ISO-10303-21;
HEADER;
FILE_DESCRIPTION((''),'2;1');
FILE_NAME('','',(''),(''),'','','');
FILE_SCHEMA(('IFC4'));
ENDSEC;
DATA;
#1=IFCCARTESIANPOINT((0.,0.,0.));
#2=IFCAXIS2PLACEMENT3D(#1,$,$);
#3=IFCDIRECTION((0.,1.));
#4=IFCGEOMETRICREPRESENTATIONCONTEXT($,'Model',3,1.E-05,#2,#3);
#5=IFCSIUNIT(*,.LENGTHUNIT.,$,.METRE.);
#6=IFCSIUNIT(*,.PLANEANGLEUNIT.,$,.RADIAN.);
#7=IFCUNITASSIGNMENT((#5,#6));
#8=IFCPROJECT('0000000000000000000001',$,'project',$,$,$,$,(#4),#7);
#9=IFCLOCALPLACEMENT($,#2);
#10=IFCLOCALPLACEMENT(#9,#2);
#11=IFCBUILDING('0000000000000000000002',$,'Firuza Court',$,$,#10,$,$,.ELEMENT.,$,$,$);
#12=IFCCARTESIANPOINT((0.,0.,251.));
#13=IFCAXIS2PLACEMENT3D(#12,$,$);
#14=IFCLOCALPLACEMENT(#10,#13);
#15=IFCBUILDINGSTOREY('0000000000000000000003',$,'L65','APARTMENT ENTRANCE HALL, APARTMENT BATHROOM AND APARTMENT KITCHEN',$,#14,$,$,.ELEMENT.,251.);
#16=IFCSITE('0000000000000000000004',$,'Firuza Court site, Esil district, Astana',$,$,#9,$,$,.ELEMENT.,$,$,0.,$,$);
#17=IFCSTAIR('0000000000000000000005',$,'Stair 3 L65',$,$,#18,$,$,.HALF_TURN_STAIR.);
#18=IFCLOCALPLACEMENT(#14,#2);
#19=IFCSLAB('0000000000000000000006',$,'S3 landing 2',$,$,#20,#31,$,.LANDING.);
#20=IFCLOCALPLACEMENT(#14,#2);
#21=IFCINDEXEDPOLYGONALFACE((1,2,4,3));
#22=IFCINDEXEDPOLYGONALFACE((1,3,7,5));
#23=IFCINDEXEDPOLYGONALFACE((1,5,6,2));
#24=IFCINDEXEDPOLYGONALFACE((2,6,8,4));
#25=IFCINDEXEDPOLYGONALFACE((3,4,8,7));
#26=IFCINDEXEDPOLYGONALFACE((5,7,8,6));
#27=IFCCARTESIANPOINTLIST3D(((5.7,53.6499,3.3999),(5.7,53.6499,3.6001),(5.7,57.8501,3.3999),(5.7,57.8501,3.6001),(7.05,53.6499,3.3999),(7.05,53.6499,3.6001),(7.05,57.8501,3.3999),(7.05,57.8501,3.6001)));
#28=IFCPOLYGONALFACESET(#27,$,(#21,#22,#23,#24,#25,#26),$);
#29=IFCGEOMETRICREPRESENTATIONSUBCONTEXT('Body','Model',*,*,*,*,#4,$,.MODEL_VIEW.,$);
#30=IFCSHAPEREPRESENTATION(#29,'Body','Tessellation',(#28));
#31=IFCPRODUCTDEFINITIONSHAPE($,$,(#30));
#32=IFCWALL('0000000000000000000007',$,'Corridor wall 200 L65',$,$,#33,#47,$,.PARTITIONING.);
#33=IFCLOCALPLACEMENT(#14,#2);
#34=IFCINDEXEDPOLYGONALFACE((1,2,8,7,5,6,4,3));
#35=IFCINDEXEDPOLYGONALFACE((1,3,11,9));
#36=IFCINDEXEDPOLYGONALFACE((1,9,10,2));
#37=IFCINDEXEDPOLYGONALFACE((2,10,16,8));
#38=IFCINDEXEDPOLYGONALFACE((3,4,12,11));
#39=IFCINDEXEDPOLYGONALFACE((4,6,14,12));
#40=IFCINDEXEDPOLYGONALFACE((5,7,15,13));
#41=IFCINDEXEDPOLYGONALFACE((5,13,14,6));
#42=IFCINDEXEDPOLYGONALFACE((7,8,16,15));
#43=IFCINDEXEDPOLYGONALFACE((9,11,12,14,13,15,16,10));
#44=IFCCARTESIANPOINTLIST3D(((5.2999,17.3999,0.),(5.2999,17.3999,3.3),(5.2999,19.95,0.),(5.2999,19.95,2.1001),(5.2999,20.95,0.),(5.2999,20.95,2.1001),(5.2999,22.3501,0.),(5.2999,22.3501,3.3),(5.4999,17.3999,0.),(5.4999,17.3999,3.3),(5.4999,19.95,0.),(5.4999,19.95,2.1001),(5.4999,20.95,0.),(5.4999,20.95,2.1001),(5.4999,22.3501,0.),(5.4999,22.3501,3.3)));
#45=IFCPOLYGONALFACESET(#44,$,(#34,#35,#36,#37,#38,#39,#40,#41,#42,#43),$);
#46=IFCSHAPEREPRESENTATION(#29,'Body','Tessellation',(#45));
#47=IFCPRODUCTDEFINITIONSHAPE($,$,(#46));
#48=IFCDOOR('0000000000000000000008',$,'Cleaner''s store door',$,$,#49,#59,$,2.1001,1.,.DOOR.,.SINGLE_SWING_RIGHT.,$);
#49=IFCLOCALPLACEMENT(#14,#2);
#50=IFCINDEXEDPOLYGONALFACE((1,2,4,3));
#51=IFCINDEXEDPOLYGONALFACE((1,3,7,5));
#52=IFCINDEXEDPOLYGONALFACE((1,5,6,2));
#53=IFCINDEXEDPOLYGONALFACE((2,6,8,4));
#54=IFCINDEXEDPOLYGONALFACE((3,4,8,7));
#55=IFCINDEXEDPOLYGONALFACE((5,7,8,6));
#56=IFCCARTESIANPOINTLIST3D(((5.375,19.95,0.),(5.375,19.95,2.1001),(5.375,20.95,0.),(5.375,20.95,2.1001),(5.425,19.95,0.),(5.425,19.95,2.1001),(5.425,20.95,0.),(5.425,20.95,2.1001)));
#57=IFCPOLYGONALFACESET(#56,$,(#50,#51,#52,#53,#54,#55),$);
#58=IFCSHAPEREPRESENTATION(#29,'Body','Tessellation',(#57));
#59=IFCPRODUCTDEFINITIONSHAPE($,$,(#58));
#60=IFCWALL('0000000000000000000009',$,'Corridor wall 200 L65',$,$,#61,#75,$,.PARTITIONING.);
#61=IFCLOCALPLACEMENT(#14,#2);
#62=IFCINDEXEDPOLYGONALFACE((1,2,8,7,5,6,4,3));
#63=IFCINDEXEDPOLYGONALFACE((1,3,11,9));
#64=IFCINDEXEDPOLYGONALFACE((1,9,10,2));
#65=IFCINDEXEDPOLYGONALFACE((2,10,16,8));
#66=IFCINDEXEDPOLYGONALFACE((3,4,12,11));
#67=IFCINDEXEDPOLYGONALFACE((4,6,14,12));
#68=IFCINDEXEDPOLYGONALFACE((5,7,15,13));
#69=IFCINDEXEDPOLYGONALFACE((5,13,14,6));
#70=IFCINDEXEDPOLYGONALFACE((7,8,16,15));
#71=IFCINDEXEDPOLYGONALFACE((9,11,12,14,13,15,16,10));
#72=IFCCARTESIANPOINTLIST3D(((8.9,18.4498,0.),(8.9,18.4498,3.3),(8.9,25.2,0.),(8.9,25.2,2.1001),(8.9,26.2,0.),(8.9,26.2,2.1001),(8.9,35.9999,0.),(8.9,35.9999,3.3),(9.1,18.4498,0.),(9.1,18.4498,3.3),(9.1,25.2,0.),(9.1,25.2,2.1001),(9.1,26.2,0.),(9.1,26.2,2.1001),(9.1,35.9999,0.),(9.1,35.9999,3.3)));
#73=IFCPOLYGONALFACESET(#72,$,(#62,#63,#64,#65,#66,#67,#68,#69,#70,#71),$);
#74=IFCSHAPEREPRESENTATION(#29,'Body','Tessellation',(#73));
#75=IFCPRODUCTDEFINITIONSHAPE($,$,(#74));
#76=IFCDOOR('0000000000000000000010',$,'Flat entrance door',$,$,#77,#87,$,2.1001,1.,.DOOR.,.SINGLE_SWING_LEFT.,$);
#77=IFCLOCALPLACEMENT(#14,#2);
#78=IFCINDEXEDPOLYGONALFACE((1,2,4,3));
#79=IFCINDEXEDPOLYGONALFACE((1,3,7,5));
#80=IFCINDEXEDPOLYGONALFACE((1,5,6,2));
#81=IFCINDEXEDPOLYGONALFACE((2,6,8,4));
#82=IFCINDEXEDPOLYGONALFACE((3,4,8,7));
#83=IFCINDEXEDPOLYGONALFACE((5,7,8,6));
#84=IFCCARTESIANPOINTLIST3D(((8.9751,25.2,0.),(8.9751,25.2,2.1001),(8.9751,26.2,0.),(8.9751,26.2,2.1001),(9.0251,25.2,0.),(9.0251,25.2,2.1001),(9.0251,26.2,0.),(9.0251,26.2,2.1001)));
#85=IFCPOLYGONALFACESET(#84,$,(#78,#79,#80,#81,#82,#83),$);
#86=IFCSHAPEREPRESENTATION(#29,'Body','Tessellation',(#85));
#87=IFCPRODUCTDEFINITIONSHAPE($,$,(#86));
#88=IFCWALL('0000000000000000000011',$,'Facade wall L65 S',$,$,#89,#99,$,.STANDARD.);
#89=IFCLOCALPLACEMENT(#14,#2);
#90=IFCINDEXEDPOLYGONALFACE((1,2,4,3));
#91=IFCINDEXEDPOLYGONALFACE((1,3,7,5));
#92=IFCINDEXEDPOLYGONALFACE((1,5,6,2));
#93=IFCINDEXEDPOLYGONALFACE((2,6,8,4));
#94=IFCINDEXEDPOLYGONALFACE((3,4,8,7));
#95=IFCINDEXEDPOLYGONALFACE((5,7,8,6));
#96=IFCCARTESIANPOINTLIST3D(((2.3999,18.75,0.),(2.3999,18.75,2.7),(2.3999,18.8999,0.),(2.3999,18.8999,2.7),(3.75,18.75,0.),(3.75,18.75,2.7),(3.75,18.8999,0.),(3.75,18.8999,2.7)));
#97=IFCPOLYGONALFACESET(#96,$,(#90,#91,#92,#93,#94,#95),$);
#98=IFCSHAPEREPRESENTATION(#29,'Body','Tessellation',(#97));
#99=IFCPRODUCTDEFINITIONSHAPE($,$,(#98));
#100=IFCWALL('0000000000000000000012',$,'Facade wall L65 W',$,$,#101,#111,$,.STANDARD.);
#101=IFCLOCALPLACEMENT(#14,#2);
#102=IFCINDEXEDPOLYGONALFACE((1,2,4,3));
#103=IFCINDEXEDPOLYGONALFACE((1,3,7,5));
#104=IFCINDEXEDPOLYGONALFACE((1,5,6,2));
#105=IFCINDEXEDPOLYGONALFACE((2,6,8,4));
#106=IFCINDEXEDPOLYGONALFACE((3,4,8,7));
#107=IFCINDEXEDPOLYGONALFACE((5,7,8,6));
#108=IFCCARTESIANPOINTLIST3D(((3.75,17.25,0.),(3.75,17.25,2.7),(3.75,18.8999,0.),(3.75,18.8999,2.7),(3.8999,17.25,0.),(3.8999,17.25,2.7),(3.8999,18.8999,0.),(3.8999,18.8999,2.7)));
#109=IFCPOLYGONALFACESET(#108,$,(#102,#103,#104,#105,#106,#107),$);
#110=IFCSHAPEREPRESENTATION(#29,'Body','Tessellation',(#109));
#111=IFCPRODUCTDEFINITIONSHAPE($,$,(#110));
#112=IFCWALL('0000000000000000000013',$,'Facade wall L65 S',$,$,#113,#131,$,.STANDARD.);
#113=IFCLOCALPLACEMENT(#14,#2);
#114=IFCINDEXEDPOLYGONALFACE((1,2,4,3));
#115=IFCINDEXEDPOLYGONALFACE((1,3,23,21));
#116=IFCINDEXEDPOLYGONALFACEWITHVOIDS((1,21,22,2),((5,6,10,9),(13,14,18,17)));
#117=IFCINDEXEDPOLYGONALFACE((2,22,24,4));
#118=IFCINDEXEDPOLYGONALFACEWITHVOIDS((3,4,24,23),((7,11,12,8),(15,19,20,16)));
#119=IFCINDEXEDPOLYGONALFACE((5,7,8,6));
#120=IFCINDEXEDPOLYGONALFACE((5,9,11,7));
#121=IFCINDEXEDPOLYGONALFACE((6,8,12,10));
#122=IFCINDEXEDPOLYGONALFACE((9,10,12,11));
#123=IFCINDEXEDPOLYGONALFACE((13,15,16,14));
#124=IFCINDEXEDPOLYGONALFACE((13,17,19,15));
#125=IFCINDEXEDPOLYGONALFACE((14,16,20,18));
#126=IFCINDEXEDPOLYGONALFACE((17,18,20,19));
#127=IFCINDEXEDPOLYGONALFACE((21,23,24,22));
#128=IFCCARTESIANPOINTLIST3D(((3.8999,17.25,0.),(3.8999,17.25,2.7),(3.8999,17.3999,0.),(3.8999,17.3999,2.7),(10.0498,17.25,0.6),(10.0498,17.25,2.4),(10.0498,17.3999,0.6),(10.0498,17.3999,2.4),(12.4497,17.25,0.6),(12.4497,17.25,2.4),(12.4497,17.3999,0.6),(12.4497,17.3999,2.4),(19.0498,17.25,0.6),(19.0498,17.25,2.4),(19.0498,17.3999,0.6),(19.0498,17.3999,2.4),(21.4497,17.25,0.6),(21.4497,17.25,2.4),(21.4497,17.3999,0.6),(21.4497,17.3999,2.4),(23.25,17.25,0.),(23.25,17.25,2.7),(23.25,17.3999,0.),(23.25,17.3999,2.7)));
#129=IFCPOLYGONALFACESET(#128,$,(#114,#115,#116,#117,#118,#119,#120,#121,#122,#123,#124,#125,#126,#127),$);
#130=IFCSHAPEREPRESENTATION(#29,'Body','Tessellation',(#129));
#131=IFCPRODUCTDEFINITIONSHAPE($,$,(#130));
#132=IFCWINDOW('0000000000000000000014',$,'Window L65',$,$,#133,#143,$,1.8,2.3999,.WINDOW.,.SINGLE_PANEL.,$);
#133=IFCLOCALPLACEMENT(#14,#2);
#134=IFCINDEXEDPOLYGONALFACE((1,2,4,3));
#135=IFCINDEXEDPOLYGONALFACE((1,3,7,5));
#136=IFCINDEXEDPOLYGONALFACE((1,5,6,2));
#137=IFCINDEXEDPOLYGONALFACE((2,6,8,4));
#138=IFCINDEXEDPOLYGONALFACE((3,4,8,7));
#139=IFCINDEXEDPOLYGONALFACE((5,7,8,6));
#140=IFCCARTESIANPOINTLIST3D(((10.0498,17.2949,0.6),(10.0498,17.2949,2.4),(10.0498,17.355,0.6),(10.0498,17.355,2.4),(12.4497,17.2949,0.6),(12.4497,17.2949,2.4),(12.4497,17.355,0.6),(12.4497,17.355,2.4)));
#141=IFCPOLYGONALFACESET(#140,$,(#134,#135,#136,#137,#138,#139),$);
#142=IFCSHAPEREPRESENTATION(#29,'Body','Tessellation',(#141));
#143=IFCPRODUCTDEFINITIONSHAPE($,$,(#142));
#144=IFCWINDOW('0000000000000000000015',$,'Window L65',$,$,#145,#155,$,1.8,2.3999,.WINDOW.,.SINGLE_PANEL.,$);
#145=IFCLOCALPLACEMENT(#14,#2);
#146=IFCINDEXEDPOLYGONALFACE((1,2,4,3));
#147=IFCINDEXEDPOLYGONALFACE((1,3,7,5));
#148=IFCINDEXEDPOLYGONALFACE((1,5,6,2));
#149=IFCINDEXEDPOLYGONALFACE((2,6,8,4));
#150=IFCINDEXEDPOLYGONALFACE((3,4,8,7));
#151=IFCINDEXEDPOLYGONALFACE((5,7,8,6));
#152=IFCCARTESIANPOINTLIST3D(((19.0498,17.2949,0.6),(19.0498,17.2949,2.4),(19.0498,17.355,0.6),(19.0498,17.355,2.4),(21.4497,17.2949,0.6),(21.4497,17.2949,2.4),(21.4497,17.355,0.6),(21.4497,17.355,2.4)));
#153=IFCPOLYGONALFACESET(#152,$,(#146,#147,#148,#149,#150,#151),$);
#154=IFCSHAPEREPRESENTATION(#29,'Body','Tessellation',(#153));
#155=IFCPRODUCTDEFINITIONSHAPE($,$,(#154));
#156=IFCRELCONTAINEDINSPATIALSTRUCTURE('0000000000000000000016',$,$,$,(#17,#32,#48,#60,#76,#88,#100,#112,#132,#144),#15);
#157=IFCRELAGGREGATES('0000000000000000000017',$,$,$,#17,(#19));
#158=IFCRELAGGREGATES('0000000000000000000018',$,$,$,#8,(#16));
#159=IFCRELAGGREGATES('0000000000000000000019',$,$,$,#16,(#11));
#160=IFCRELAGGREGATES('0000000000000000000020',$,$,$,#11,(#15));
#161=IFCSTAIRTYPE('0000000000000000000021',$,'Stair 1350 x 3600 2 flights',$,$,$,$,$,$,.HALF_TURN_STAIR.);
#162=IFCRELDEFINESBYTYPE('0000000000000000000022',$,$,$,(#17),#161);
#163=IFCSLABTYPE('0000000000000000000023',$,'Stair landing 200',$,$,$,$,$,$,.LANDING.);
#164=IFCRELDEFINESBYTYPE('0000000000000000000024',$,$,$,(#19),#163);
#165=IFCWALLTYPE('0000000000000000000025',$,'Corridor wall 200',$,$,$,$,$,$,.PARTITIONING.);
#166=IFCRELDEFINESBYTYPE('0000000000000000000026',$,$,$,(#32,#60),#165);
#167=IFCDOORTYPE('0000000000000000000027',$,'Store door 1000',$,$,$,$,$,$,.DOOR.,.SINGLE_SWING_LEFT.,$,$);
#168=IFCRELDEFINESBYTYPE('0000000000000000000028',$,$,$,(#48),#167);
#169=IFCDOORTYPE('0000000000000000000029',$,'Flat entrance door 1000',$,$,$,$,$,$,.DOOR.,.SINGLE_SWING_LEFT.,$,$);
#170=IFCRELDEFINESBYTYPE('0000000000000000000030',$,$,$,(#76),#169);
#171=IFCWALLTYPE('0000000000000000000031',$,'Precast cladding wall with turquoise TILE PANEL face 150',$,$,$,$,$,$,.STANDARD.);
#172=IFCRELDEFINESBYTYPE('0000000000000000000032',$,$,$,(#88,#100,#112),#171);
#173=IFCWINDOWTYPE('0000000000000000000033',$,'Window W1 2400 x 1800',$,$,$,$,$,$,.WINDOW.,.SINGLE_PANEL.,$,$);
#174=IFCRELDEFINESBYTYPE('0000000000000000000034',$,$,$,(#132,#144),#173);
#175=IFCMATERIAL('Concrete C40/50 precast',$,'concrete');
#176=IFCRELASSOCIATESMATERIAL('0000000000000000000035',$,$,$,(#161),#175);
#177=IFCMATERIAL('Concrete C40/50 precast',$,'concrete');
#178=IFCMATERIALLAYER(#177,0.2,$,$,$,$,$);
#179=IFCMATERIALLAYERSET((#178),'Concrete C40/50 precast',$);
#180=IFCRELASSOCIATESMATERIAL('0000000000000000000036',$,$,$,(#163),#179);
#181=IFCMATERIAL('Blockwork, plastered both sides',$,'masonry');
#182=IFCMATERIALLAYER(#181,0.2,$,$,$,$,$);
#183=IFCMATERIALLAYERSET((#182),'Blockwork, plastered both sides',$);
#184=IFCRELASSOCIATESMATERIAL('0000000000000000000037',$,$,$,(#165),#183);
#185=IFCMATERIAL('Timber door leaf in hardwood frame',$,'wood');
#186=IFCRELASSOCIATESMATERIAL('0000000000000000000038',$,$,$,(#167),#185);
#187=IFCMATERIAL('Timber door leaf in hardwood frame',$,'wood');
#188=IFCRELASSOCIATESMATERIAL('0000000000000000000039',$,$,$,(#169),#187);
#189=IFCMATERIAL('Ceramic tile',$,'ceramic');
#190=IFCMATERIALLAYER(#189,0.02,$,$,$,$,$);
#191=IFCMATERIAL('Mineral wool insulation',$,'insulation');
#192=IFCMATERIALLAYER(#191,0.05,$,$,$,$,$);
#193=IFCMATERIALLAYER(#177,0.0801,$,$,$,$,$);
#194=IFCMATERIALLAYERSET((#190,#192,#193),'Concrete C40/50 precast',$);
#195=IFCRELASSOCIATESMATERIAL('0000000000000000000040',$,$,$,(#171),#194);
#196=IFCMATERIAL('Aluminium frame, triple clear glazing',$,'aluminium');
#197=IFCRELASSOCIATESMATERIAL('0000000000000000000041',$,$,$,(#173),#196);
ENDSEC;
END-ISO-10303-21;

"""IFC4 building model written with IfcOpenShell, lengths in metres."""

from ifc_helpers import new_model, si_unit, direction, frame, frame_2d, origin, place, context, subcontext, project, spatial, polyline, rectangle, outline, extrude, material, layer, layer_set, type_object, element, fill, aggregate, save


model = new_model("IFC4")

# Units and contexts
model_context = context("Model", 3, precision=1e-05, world=origin(), true_north=direction((0.0, 1.0)))
body_context = subcontext(model_context, "Body", "Model", "MODEL_VIEW")
ifc_project = project(units=[si_unit("LENGTHUNIT", "METRE"), si_unit("PLANEANGLEUNIT", "RADIAN")], contexts=[model_context])

# Site, building, storey
site_placement = place(None, origin())
site = spatial("IfcSite", under=ifc_project, at=site_placement, Name="Firuza Court site, Esil district, Astana", CompositionType="ELEMENT", RefElevation=0.0)
building_placement = place(site_placement, origin())
building = spatial("IfcBuilding", under=site, at=building_placement, Name="Firuza Court", CompositionType="ELEMENT")
storey_placement = place(building_placement, frame((0.0, 0.0, 251.0)))
storey = spatial("IfcBuildingStorey", under=building, at=storey_placement, Name="L65", Description="APARTMENT ENTRANCE HALL, APARTMENT BATHROOM AND APARTMENT KITCHEN", CompositionType="ELEMENT", Elevation=251.0)

# Stair, slab
ifc_material_1 = material(Name="Concrete C40/50 precast", Category="concrete")
stair_type = type_object("IfcStairType", Name="Stair 1350 x 3600 2 flights", PredefinedType="HALF_TURN_STAIR", material=ifc_material_1)
ifc_material_2 = material(Name="Concrete C40/50 precast", Category="concrete")
ifc_layer_1 = layer(ifc_material_2, 0.2)
ifc_layer_set_1 = layer_set([ifc_layer_1], Name="Concrete C40/50 precast")
slab_type_1 = type_object("IfcSlabType", Name="Stair landing 200", PredefinedType="LANDING", material=ifc_layer_set_1)
stair_1_placement = place(storey_placement, origin())
stair_1 = element("IfcStair", 1, at=stair_1_placement, inside=storey, type_object=stair_type, Name="Stair 3 L65", PredefinedType="HALF_TURN_STAIR")
slab_1_placement = place(storey_placement, frame((0.0, 0.0, 3.3999)))
slab_1 = element("IfcSlab", 2, at=slab_1_placement, type_object=slab_type_1, Name="S3 landing 2", PredefinedType="LANDING", context=body_context, shape_type="SweptSolid", body=[
    extrude(outline(polyline([(7.05, 53.6499), (7.05, 57.8501), (5.7, 57.8501), (5.7, 53.6499), (7.05, 53.6499)])), origin(), (0.0, 0.0, 1.0), 0.2002),
])
aggregate(stair_1, [slab_1])

# Walls, openings, doors
ifc_material_3 = material(Name="Blockwork, plastered both sides", Category="masonry")
ifc_layer_2 = layer(ifc_material_3, 0.2)
ifc_layer_set_2 = layer_set([ifc_layer_2], Name="Blockwork, plastered both sides")
wall_type_1 = type_object("IfcWallType", Name="Corridor wall 200", PredefinedType="PARTITIONING", material=ifc_layer_set_2)
wall_1_placement = place(storey_placement, frame((5.3999, 17.3999, 0.0), z_axis=(0.0, 0.0, 1.0), x_axis=(0.0, 1.0, 0.0)))
wall_1 = element("IfcWall", 3, at=wall_1_placement, inside=storey, type_object=wall_type_1, Name="Corridor wall 200 L65", PredefinedType="PARTITIONING", context=body_context, shape_type="SweptSolid", body=[
    extrude(rectangle(XDim=4.9502, YDim=0.2, at=frame_2d((2.4751, 0.0))), origin(), (0.0, 0.0, 1.0), 3.3),
])
opening_1_placement = place(wall_1_placement, frame((2.55, 0.0, 0.0)))
opening_1 = element("IfcOpeningElement", 4, at=opening_1_placement, cuts=wall_1, PredefinedType="OPENING", context=body_context, shape_type="SweptSolid", body=[
    extrude(rectangle(XDim=1.0, YDim=2.1001, at=frame_2d((0.5, 1.05))), frame((0.0, 0.1118, 0.0), z_axis=(0.0, -1.0, 0.0), x_axis=(1.0, 0.0, 0.0)), (0.0, 0.0, 1.0), 0.2239),
])
ifc_material_4 = material(Name="Timber door leaf in hardwood frame", Category="wood")
door_type_1 = type_object("IfcDoorType", Name="Store door 1000", OperationType="SINGLE_SWING_LEFT", PredefinedType="DOOR", material=ifc_material_4)
door_1_placement = place(opening_1_placement, origin())
door_1 = element("IfcDoor", 5, at=door_1_placement, inside=storey, type_object=door_type_1, Name="Cleaner's store door", OperationType="SINGLE_SWING_RIGHT", OverallHeight=2.1001, OverallWidth=1.0, PredefinedType="DOOR", context=body_context, shape_type="SweptSolid", body=[
    extrude(rectangle(XDim=1.0, YDim=2.1001, at=frame_2d((0.5, 1.05))), frame((0.0, 0.0249, 0.0), z_axis=(0.0, -1.0, 0.0), x_axis=(1.0, 0.0, 0.0)), (0.0, 0.0, 1.0), 0.05),
])
fill(opening_1, door_1)
wall_2_placement = place(storey_placement, frame((9.0, 18.45, 0.0), z_axis=(0.0, 0.0, 1.0), x_axis=(0.0, 1.0, 0.0)))
wall_2 = element("IfcWall", 6, at=wall_2_placement, inside=storey, type_object=wall_type_1, Name="Corridor wall 200 L65", PredefinedType="PARTITIONING", context=body_context, shape_type="SweptSolid", body=[
    extrude(rectangle(XDim=17.55, YDim=0.2, at=frame_2d((8.7749, 0.0))), origin(), (0.0, 0.0, 1.0), 3.3),
])
opening_2_placement = place(wall_2_placement, frame((6.75, 0.0, 0.0)))
opening_2 = element("IfcOpeningElement", 7, at=opening_2_placement, cuts=wall_2, PredefinedType="OPENING", context=body_context, shape_type="SweptSolid", body=[
    extrude(rectangle(XDim=1.0, YDim=2.1001, at=frame_2d((0.5, 1.05))), frame((0.0, 0.1118, 0.0), z_axis=(0.0, -1.0, 0.0), x_axis=(1.0, 0.0, 0.0)), (0.0, 0.0, 1.0), 0.2239),
])
ifc_material_5 = material(Name="Timber door leaf in hardwood frame", Category="wood")
door_type_2 = type_object("IfcDoorType", Name="Flat entrance door 1000", OperationType="SINGLE_SWING_LEFT", PredefinedType="DOOR", material=ifc_material_5)
door_2_placement = place(opening_2_placement, origin())
door_2 = element("IfcDoor", 8, at=door_2_placement, inside=storey, type_object=door_type_2, Name="Flat entrance door", OperationType="SINGLE_SWING_LEFT", OverallHeight=2.1001, OverallWidth=1.0, PredefinedType="DOOR", context=body_context, shape_type="SweptSolid", body=[
    extrude(rectangle(XDim=1.0, YDim=2.1001, at=frame_2d((0.5, 1.05))), frame((0.0, 0.0249, 0.0), z_axis=(0.0, -1.0, 0.0), x_axis=(1.0, 0.0, 0.0)), (0.0, 0.0, 1.0), 0.05),
])
fill(opening_2, door_2)

# Walls
ifc_material_6 = material(Name="Ceramic tile", Category="ceramic")
ifc_layer_3 = layer(ifc_material_6, 0.02)
ifc_material_7 = material(Name="Mineral wool insulation", Category="insulation")
ifc_layer_4 = layer(ifc_material_7, 0.05)
ifc_layer_5 = layer(ifc_material_2, 0.0801)
ifc_layer_set_3 = layer_set([ifc_layer_3, ifc_layer_4, ifc_layer_5], Name="Concrete C40/50 precast")
wall_type_2 = type_object("IfcWallType", Name="Precast cladding wall with turquoise TILE PANEL face 150", PredefinedType="STANDARD", material=ifc_layer_set_3)
wall_3_placement = place(storey_placement, frame((2.3999, 18.825, 0.0), z_axis=(0.0, 0.0, 1.0), x_axis=(1.0, 0.0, 0.0)))
element("IfcWall", 9, at=wall_3_placement, inside=storey, type_object=wall_type_2, Name="Facade wall L65 S", PredefinedType="STANDARD", context=body_context, shape_type="SweptSolid", body=[
    extrude(rectangle(XDim=1.3501, YDim=0.1499, at=frame_2d((0.675, 0.0))), origin(), (0.0, 0.0, 1.0), 2.7),
])
wall_4_placement = place(storey_placement, frame((3.825, 18.8999, 0.0), z_axis=(0.0, 0.0, 1.0), x_axis=(0.0, -1.0, 0.0)))
element("IfcWall", 10, at=wall_4_placement, inside=storey, type_object=wall_type_2, Name="Facade wall L65 W", PredefinedType="STANDARD", context=body_context, shape_type="SweptSolid", body=[
    extrude(rectangle(XDim=1.6499, YDim=0.1499, at=frame_2d((0.825, 0.0))), origin(), (0.0, 0.0, 1.0), 2.7),
])

# Wall, openings, windows
wall_5_placement = place(storey_placement, frame((3.8999, 17.325, 0.0), z_axis=(0.0, 0.0, 1.0), x_axis=(1.0, 0.0, 0.0)))
wall_5 = element("IfcWall", 11, at=wall_5_placement, inside=storey, type_object=wall_type_2, Name="Facade wall L65 S", PredefinedType="STANDARD", context=body_context, shape_type="SweptSolid", body=[
    extrude(rectangle(XDim=19.3501, YDim=0.1499, at=frame_2d((9.675, 0.0))), origin(), (0.0, 0.0, 1.0), 2.7),
])
opening_3_placement = place(wall_5_placement, frame((6.1499, 0.0, 0.6001)))
opening_3 = element("IfcOpeningElement", 12, at=opening_3_placement, cuts=wall_5, PredefinedType="OPENING", context=body_context, shape_type="SweptSolid", body=[
    extrude(rectangle(XDim=2.3999, YDim=1.8, at=frame_2d((1.2, 0.8999))), frame((0.0, 0.0869, 0.0), z_axis=(0.0, -1.0, 0.0), x_axis=(1.0, 0.0, 0.0)), (0.0, 0.0, 1.0), 0.1738),
])
opening_4_placement = place(wall_5_placement, frame((15.1499, 0.0, 0.6001)))
opening_4 = element("IfcOpeningElement", 13, at=opening_4_placement, cuts=wall_5, PredefinedType="OPENING", context=body_context, shape_type="SweptSolid", body=[
    extrude(rectangle(XDim=2.3999, YDim=1.8, at=frame_2d((1.2, 0.8999))), frame((0.0, 0.0869, 0.0), z_axis=(0.0, -1.0, 0.0), x_axis=(1.0, 0.0, 0.0)), (0.0, 0.0, 1.0), 0.1738),
])
ifc_material_8 = material(Name="Aluminium frame, triple clear glazing", Category="aluminium")
window_type = type_object("IfcWindowType", Name="Window W1 2400 x 1800", PartitioningType="SINGLE_PANEL", PredefinedType="WINDOW", material=ifc_material_8)
window_1_placement = place(opening_3_placement, origin())
window_1 = element("IfcWindow", 14, at=window_1_placement, inside=storey, type_object=window_type, Name="Window L65", OverallHeight=1.8, OverallWidth=2.3999, PartitioningType="SINGLE_PANEL", PredefinedType="WINDOW", context=body_context, shape_type="SweptSolid", body=[
    extrude(rectangle(XDim=2.3999, YDim=1.8, at=frame_2d((1.2, 0.8999))), frame((0.0, 0.03, 0.0), z_axis=(0.0, -1.0, 0.0), x_axis=(1.0, 0.0, 0.0)), (0.0, 0.0, 1.0), 0.0601),
])
fill(opening_3, window_1)
window_2_placement = place(opening_4_placement, origin())
window_2 = element("IfcWindow", 15, at=window_2_placement, inside=storey, type_object=window_type, Name="Window L65", OverallHeight=1.8, OverallWidth=2.3999, PartitioningType="SINGLE_PANEL", PredefinedType="WINDOW", context=body_context, shape_type="SweptSolid", body=[
    extrude(rectangle(XDim=2.3999, YDim=1.8, at=frame_2d((1.2, 0.8999))), frame((0.0, 0.03, 0.0), z_axis=(0.0, -1.0, 0.0), x_axis=(1.0, 0.0, 0.0)), (0.0, 0.0, 1.0), 0.0601),
])
fill(opening_4, window_2)

save(model, "model.ifc")
